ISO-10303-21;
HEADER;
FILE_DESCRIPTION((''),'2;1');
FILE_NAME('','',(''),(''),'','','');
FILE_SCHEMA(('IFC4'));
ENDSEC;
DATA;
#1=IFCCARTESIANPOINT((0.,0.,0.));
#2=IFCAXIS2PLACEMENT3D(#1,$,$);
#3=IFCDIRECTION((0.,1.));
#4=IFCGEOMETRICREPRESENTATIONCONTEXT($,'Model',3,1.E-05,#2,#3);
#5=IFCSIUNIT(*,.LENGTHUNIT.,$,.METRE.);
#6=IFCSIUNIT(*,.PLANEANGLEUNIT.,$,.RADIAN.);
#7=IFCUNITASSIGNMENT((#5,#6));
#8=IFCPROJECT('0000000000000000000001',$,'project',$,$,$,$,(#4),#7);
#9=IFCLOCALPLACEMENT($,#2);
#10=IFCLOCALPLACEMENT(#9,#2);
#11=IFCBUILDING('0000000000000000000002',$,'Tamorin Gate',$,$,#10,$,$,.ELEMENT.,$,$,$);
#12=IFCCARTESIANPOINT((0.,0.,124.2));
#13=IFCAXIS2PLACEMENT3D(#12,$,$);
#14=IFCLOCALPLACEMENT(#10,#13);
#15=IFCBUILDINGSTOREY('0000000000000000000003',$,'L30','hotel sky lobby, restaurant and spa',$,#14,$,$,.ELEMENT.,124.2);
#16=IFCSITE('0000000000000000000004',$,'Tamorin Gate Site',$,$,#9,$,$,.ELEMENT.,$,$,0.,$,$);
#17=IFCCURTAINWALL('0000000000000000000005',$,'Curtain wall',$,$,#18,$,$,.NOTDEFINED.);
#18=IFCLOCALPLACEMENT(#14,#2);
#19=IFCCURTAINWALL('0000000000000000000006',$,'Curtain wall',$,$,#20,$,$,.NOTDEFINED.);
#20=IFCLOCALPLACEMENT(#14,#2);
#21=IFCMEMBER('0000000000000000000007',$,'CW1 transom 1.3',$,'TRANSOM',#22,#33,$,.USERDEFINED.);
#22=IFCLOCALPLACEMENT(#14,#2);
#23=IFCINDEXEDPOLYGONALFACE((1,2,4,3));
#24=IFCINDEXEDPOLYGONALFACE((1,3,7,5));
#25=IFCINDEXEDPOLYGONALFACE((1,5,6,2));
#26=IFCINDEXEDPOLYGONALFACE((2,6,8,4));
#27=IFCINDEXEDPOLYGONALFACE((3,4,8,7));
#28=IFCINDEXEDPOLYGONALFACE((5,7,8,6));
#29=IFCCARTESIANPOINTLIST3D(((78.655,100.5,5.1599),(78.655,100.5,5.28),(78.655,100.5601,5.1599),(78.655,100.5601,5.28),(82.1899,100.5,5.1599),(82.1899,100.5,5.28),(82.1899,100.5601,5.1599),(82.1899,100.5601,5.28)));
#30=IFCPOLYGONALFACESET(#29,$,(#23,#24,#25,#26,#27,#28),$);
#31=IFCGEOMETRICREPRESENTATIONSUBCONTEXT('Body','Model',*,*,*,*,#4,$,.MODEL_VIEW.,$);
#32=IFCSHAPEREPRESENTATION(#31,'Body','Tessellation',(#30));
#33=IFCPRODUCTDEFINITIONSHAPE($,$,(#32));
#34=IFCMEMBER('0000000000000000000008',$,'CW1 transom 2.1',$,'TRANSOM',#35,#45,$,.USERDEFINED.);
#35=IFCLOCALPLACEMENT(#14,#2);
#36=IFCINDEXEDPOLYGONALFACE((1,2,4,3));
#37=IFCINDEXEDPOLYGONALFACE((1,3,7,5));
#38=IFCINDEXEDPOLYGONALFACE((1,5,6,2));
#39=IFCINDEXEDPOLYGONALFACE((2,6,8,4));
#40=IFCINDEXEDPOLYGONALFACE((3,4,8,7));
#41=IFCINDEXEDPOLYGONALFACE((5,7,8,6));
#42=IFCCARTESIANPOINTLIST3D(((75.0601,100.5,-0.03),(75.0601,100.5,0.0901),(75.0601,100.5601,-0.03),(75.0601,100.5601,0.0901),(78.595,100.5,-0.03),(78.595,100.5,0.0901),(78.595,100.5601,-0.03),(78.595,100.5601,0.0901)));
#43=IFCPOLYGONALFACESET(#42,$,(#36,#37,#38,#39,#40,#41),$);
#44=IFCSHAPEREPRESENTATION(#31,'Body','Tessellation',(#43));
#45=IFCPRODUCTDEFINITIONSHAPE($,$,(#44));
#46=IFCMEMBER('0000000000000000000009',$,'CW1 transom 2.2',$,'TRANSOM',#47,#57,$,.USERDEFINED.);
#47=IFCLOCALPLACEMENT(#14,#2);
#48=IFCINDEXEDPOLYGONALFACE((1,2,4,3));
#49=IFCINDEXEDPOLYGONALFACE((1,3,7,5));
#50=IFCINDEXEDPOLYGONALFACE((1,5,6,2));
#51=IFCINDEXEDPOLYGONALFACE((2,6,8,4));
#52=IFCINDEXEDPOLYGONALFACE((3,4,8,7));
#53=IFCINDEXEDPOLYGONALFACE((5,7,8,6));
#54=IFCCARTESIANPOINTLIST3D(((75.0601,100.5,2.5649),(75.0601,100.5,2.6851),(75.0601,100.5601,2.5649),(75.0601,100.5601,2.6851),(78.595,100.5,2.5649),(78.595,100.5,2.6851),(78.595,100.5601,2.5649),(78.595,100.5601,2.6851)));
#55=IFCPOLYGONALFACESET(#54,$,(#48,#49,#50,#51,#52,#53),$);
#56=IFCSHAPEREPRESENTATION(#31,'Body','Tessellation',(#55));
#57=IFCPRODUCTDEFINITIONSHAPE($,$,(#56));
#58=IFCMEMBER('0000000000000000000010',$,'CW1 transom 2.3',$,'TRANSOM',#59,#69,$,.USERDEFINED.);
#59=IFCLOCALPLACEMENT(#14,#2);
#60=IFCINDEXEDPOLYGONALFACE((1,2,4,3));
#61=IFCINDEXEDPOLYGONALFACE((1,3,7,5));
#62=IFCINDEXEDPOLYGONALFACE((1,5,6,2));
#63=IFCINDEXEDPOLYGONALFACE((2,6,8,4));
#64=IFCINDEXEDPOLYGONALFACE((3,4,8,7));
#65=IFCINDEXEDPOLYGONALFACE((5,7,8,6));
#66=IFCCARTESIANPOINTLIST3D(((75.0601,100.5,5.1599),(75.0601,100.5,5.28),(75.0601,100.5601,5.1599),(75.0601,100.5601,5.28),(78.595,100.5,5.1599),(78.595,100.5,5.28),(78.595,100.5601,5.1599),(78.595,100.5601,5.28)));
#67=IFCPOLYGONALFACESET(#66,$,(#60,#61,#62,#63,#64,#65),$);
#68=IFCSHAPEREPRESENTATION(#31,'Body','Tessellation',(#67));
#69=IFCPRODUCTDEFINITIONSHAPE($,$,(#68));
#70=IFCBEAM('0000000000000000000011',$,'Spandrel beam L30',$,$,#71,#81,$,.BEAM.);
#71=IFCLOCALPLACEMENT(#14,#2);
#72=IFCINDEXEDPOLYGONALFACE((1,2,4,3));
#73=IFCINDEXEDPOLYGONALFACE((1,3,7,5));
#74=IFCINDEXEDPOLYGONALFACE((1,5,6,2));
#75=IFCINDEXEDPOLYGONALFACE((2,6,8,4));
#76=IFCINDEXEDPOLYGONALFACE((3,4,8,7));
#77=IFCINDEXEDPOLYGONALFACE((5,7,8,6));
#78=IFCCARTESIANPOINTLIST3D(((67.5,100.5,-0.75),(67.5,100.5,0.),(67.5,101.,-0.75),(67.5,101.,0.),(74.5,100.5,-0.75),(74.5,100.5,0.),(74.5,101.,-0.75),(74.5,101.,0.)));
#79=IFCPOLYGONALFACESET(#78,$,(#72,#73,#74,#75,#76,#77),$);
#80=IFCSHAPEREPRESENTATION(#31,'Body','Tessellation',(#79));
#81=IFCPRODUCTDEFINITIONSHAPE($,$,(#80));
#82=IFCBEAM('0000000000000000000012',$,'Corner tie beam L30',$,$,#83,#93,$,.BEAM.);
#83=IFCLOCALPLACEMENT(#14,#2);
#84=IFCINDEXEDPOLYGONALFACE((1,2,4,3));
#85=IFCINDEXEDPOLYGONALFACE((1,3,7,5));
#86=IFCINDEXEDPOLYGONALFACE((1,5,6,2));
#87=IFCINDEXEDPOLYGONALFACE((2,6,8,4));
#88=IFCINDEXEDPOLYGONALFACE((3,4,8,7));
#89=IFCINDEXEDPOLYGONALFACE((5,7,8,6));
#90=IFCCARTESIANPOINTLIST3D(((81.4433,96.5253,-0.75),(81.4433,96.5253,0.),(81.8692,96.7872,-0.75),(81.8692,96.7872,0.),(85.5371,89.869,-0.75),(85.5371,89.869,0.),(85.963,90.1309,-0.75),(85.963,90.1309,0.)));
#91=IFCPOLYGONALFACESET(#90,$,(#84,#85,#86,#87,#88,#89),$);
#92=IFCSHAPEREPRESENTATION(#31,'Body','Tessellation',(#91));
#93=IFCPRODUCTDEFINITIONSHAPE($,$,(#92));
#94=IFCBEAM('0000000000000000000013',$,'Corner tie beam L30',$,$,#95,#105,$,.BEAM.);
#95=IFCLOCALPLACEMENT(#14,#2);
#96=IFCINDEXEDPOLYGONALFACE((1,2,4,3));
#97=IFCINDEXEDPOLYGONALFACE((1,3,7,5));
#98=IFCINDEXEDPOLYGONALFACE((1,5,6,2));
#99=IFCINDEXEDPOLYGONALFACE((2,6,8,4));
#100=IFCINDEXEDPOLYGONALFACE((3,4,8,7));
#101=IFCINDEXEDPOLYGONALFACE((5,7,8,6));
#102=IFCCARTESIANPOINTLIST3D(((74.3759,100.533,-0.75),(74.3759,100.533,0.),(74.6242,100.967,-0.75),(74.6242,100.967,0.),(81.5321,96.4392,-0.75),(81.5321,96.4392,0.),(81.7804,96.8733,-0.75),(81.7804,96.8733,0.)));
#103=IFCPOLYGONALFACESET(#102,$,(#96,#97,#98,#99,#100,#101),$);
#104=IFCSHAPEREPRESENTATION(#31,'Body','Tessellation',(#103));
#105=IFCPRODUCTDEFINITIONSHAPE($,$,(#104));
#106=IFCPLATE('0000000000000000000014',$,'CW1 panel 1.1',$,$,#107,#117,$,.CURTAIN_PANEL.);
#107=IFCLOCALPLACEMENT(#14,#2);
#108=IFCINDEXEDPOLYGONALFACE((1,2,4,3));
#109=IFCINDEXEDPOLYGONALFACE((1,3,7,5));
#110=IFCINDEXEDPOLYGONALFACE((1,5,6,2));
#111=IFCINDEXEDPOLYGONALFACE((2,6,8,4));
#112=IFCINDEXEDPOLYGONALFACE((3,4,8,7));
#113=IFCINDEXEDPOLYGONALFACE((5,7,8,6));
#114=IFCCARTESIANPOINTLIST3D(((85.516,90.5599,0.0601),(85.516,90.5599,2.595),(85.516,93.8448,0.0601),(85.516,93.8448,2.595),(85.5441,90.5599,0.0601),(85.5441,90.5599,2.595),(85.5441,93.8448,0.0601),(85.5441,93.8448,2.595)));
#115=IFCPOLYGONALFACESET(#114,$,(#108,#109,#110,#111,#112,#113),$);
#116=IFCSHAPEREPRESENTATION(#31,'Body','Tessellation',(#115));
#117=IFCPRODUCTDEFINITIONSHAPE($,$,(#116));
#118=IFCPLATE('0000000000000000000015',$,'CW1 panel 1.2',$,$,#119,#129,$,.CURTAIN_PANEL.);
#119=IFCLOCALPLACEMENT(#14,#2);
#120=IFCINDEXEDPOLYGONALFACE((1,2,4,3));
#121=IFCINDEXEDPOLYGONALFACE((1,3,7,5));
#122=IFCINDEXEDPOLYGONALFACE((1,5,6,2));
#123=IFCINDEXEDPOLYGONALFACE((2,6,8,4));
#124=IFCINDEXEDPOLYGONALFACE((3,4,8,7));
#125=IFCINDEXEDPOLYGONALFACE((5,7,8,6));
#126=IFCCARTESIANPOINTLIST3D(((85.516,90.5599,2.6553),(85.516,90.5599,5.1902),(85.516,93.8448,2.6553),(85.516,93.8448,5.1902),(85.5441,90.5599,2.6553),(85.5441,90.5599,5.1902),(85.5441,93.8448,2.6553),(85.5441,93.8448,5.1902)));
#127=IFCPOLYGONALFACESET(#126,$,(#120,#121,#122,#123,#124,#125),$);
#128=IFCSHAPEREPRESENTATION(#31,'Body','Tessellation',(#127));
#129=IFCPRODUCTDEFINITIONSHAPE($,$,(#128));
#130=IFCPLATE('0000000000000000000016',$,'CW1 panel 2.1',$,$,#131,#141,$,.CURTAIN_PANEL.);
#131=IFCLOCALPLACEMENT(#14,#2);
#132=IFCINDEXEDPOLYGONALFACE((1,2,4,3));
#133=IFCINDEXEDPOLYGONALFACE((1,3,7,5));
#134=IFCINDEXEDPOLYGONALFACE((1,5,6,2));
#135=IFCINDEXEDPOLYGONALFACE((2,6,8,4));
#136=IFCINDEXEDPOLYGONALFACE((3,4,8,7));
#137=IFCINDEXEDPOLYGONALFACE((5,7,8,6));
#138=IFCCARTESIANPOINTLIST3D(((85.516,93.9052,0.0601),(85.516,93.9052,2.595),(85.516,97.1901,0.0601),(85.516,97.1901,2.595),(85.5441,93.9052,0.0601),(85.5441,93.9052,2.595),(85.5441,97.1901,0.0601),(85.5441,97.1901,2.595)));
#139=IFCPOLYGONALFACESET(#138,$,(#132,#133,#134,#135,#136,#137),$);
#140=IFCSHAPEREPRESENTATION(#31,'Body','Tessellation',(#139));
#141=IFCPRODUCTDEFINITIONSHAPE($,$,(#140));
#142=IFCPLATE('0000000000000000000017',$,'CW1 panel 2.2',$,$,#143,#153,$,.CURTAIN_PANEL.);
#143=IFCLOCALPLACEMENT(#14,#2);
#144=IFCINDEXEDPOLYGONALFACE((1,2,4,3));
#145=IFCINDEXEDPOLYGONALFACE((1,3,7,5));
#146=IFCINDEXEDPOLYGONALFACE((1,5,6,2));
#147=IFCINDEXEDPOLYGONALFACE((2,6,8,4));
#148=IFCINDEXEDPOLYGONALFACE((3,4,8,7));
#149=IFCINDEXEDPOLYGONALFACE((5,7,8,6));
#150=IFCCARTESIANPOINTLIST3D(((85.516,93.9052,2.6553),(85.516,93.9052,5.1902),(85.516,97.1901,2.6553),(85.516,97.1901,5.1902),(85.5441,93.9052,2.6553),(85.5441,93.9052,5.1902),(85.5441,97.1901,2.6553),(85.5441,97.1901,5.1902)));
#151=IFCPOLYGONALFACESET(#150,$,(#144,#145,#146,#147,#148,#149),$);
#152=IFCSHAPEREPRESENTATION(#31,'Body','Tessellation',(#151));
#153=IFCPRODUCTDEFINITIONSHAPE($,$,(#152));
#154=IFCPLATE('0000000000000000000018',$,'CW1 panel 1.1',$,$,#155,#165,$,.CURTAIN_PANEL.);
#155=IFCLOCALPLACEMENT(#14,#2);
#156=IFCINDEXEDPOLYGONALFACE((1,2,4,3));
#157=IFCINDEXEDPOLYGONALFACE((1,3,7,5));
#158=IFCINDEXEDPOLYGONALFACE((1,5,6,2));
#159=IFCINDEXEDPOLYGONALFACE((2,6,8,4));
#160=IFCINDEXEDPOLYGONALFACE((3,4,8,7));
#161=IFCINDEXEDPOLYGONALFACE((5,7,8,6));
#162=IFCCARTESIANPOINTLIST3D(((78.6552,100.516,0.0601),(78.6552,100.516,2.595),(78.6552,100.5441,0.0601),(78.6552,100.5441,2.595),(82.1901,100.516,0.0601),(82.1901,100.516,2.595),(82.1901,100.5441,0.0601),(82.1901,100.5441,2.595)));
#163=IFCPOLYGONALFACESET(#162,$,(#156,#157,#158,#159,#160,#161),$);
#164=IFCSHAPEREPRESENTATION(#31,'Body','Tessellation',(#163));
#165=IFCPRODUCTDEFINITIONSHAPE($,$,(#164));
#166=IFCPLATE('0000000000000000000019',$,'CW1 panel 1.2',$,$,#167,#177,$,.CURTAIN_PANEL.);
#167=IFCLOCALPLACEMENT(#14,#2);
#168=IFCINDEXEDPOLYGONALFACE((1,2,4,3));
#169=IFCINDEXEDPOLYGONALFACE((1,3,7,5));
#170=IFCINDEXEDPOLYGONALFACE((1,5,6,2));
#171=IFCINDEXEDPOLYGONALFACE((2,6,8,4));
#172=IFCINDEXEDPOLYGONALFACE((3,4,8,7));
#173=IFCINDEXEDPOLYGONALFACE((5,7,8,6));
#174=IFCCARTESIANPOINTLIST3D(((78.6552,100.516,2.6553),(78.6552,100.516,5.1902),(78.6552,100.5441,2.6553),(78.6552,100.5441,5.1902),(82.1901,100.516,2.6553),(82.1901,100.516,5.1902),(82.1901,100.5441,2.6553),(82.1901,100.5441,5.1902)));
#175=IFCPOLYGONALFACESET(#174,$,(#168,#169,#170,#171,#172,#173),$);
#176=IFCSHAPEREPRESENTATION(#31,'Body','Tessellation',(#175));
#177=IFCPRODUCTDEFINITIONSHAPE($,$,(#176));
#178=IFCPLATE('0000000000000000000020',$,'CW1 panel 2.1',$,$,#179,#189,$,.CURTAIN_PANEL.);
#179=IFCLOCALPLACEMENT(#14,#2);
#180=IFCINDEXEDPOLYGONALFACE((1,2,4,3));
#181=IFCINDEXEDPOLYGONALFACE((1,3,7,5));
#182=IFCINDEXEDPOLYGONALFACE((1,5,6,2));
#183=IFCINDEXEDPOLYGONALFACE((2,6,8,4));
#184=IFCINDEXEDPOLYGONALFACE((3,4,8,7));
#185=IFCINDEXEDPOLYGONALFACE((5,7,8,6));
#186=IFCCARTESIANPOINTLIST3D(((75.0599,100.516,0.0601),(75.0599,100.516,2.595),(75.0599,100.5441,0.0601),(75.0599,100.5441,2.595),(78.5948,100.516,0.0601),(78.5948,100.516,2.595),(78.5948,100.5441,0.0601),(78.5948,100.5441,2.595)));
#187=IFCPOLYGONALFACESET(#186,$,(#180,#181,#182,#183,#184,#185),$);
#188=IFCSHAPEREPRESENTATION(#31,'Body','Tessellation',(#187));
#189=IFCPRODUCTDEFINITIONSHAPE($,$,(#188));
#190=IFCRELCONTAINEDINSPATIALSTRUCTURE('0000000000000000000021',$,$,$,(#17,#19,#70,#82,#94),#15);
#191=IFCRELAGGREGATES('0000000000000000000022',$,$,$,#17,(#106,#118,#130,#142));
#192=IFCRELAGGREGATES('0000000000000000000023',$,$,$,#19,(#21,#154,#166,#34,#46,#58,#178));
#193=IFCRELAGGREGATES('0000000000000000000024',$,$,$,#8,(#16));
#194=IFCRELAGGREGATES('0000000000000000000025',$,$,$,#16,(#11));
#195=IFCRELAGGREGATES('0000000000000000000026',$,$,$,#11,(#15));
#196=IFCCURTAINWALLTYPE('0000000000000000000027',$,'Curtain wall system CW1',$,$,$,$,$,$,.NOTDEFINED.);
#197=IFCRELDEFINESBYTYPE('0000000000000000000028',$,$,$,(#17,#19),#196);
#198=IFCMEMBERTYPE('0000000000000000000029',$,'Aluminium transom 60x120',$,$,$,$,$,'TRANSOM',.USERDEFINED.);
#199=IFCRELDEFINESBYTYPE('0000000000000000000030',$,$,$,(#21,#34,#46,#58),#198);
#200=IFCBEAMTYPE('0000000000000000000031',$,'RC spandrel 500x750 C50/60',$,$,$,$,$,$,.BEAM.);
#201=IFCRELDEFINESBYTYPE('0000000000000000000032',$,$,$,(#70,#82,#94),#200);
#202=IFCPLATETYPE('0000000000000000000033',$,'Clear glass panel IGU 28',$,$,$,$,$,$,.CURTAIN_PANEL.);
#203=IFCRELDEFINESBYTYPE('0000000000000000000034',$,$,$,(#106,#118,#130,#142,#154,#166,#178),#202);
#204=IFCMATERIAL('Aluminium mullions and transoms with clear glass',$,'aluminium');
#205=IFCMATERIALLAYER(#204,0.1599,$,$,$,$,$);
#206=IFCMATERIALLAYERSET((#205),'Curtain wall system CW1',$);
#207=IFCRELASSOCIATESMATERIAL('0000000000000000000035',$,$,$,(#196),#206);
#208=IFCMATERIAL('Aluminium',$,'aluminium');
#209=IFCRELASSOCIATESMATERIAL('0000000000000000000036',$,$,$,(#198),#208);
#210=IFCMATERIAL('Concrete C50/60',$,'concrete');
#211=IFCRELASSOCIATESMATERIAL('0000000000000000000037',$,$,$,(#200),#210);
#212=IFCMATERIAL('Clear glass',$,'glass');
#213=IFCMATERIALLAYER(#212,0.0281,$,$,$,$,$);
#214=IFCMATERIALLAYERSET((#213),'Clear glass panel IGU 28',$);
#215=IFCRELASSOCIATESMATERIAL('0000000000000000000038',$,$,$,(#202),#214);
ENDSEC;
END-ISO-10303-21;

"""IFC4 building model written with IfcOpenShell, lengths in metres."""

from ifc_helpers import new_model, si_unit, direction, frame, origin, origin_2d, place, context, subcontext, project, spatial, rectangle, extrude, material, layer, layer_set, material_profile, profile_set, type_object, element, aggregate, save


model = new_model("IFC4")

# Units and contexts
model_context = context("Model", 3, precision=1e-05, world=origin(), true_north=direction((0.0, 1.0)))
body_context = subcontext(model_context, "Body", "Model", "MODEL_VIEW")
ifc_project = project(units=[si_unit("LENGTHUNIT", "METRE"), si_unit("PLANEANGLEUNIT", "RADIAN")], contexts=[model_context])

# Site, building, storey
site_placement = place(None, origin())
site = spatial("IfcSite", under=ifc_project, at=site_placement, Name="Tamorin Gate Site", CompositionType="ELEMENT", RefElevation=0.0)
building_placement = place(site_placement, origin())
building = spatial("IfcBuilding", under=site, at=building_placement, Name="Tamorin Gate", CompositionType="ELEMENT")
storey_placement = place(building_placement, frame((0.0, 0.0, 124.2)))
storey = spatial("IfcBuildingStorey", under=building, at=storey_placement, Name="L30", Description="hotel sky lobby, restaurant and spa", CompositionType="ELEMENT", Elevation=124.2)

# Curtain walls
ifc_material_1 = material(Name="Aluminium mullions and transoms with clear glass", Category="aluminium")
ifc_layer_1 = layer(ifc_material_1, 0.1599)
ifc_layer_set_1 = layer_set([ifc_layer_1], Name="Curtain wall system CW1")
curtain_wall_type = type_object("IfcCurtainWallType", Name="Curtain wall system CW1", PredefinedType="NOTDEFINED", material=ifc_layer_set_1)
curtain_wall_1_placement = place(storey_placement, origin())
curtain_wall_1 = element("IfcCurtainWall", 1, at=curtain_wall_1_placement, inside=storey, type_object=curtain_wall_type, Name="Curtain wall", PredefinedType="NOTDEFINED")
ifc_material_2 = material(Name="Aluminium", Category="aluminium")
curtain_wall_2_placement = place(storey_placement, origin())
curtain_wall_2 = element("IfcCurtainWall", 2, at=curtain_wall_2_placement, inside=storey, type_object=curtain_wall_type, Name="Curtain wall", PredefinedType="NOTDEFINED")

# Members
ifc_material_profile_1 = material_profile(ifc_material_2, rectangle(XDim=0.0601, YDim=0.1201, at=origin_2d()), Name="RECT 60x120")
ifc_profile_set_1 = profile_set([ifc_material_profile_1], Name="Aluminium")
member_type_1 = type_object("IfcMemberType", Name="Aluminium transom 60x120", ElementType="TRANSOM", PredefinedType="USERDEFINED", material=ifc_profile_set_1)
member_1_placement = place(storey_placement, frame((82.1899, 100.53, 5.22), z_axis=(-1.0, 0.0, 0.0), x_axis=(0.0, -1.0, 0.0)))
member_1 = element("IfcMember", 3, at=member_1_placement, type_object=member_type_1, Name="CW1 transom 1.3", ObjectType="TRANSOM", PredefinedType="USERDEFINED", context=body_context, shape_type="SweptSolid", body=[
    extrude(rectangle(XDim=0.0601, YDim=0.1201, at=origin_2d()), origin(), (0.0, 0.0, 1.0), 3.5349),
])
member_2_placement = place(storey_placement, frame((78.595, 100.53, 0.03), z_axis=(-1.0, 0.0, 0.0), x_axis=(0.0, -1.0, 0.0)))
member_2 = element("IfcMember", 4, at=member_2_placement, type_object=member_type_1, Name="CW1 transom 2.1", ObjectType="TRANSOM", PredefinedType="USERDEFINED", context=body_context, shape_type="SweptSolid", body=[
    extrude(rectangle(XDim=0.0601, YDim=0.1201, at=origin_2d()), origin(), (0.0, 0.0, 1.0), 3.5349),
])
member_3_placement = place(storey_placement, frame((78.595, 100.53, 2.625), z_axis=(-1.0, 0.0, 0.0), x_axis=(0.0, -1.0, 0.0)))
member_3 = element("IfcMember", 5, at=member_3_placement, type_object=member_type_1, Name="CW1 transom 2.2", ObjectType="TRANSOM", PredefinedType="USERDEFINED", context=body_context, shape_type="SweptSolid", body=[
    extrude(rectangle(XDim=0.0601, YDim=0.1201, at=origin_2d()), origin(), (0.0, 0.0, 1.0), 3.5349),
])
member_4_placement = place(storey_placement, frame((78.595, 100.53, 5.22), z_axis=(-1.0, 0.0, 0.0), x_axis=(0.0, -1.0, 0.0)))
member_4 = element("IfcMember", 6, at=member_4_placement, type_object=member_type_1, Name="CW1 transom 2.3", ObjectType="TRANSOM", PredefinedType="USERDEFINED", context=body_context, shape_type="SweptSolid", body=[
    extrude(rectangle(XDim=0.0601, YDim=0.1201, at=origin_2d()), origin(), (0.0, 0.0, 1.0), 3.5349),
])

# Beams
ifc_material_3 = material(Name="Concrete C50/60", Category="concrete")
ifc_material_profile_2 = material_profile(ifc_material_3, rectangle(XDim=0.5, YDim=0.75, at=origin_2d()), Name="RC 500x750")
ifc_profile_set_2 = profile_set([ifc_material_profile_2], Name="Concrete C50/60")
beam_type = type_object("IfcBeamType", Name="RC spandrel 500x750 C50/60", PredefinedType="BEAM", material=ifc_profile_set_2)
beam_1_placement = place(storey_placement, frame((74.5, 100.75, -0.375), z_axis=(-1.0, 0.0, 0.0), x_axis=(0.0, -1.0, 0.0)))
element("IfcBeam", 7, at=beam_1_placement, inside=storey, type_object=beam_type, Name="Spandrel beam L30", PredefinedType="BEAM", context=body_context, shape_type="SweptSolid", body=[
    extrude(rectangle(XDim=0.5, YDim=0.75, at=origin_2d()), origin(), (0.0, 0.0, 1.0), 7.0),
])
beam_2_placement = place(storey_placement, frame((81.6562, 96.6562, -0.375), z_axis=(0.523874, -0.851796, 0.0), x_axis=(0.851796, 0.523874, 0.0)))
element("IfcBeam", 8, at=beam_2_placement, inside=storey, type_object=beam_type, Name="Corner tie beam L30", PredefinedType="BEAM", context=body_context, shape_type="SweptSolid", body=[
    extrude(rectangle(XDim=0.5, YDim=0.75, at=origin_2d()), origin(), (0.0, 0.0, 1.0), 7.8145),
])
beam_3_placement = place(storey_placement, frame((81.6562, 96.6562, -0.375), z_axis=(-0.86801, 0.496547, 0.0), x_axis=(-0.496547, -0.86801, 0.0)))
element("IfcBeam", 9, at=beam_3_placement, inside=storey, type_object=beam_type, Name="Corner tie beam L30", PredefinedType="BEAM", context=body_context, shape_type="SweptSolid", body=[
    extrude(rectangle(XDim=0.5, YDim=0.75, at=origin_2d()), origin(), (0.0, 0.0, 1.0), 8.2444),
])

# Plates
ifc_material_4 = material(Name="Clear glass", Category="glass")
ifc_layer_2 = layer(ifc_material_4, 0.0281)
ifc_layer_set_2 = layer_set([ifc_layer_2], Name="Clear glass panel IGU 28")
plate_type = type_object("IfcPlateType", Name="Clear glass panel IGU 28", PredefinedType="CURTAIN_PANEL", material=ifc_layer_set_2)
plate_1_placement = place(storey_placement, frame((85.53, 92.2024, 0.0601), z_axis=(0.0, 0.0, 1.0), x_axis=(0.0, 1.0, 0.0)))
plate_1 = element("IfcPlate", 10, at=plate_1_placement, type_object=plate_type, Name="CW1 panel 1.1", PredefinedType="CURTAIN_PANEL", context=body_context, shape_type="SweptSolid", body=[
    extrude(rectangle(XDim=3.2849, YDim=0.0281, at=origin_2d()), origin(), (0.0, 0.0, 1.0), 2.5349),
])
plate_2_placement = place(storey_placement, frame((85.53, 92.2024, 2.6553), z_axis=(0.0, 0.0, 1.0), x_axis=(0.0, 1.0, 0.0)))
plate_2 = element("IfcPlate", 11, at=plate_2_placement, type_object=plate_type, Name="CW1 panel 1.2", PredefinedType="CURTAIN_PANEL", context=body_context, shape_type="SweptSolid", body=[
    extrude(rectangle(XDim=3.2849, YDim=0.0281, at=origin_2d()), origin(), (0.0, 0.0, 1.0), 2.5349),
])
plate_3_placement = place(storey_placement, frame((85.53, 95.5476, 0.0601), z_axis=(0.0, 0.0, 1.0), x_axis=(0.0, 1.0, 0.0)))
plate_3 = element("IfcPlate", 12, at=plate_3_placement, type_object=plate_type, Name="CW1 panel 2.1", PredefinedType="CURTAIN_PANEL", context=body_context, shape_type="SweptSolid", body=[
    extrude(rectangle(XDim=3.2849, YDim=0.0281, at=origin_2d()), origin(), (0.0, 0.0, 1.0), 2.5349),
])
plate_4_placement = place(storey_placement, frame((85.53, 95.5476, 2.6553), z_axis=(0.0, 0.0, 1.0), x_axis=(0.0, 1.0, 0.0)))
plate_4 = element("IfcPlate", 13, at=plate_4_placement, type_object=plate_type, Name="CW1 panel 2.2", PredefinedType="CURTAIN_PANEL", context=body_context, shape_type="SweptSolid", body=[
    extrude(rectangle(XDim=3.2849, YDim=0.0281, at=origin_2d()), origin(), (0.0, 0.0, 1.0), 2.5349),
])
aggregate(curtain_wall_1, [plate_1, plate_2, plate_3, plate_4])
plate_5_placement = place(storey_placement, frame((80.4226, 100.53, 0.0601), z_axis=(0.0, 0.0, 1.0), x_axis=(-1.0, 0.0, 0.0)))
plate_5 = element("IfcPlate", 14, at=plate_5_placement, type_object=plate_type, Name="CW1 panel 1.1", PredefinedType="CURTAIN_PANEL", context=body_context, shape_type="SweptSolid", body=[
    extrude(rectangle(XDim=3.5349, YDim=0.0281, at=origin_2d()), origin(), (0.0, 0.0, 1.0), 2.5349),
])
plate_6_placement = place(storey_placement, frame((80.4226, 100.53, 2.6553), z_axis=(0.0, 0.0, 1.0), x_axis=(-1.0, 0.0, 0.0)))
plate_6 = element("IfcPlate", 15, at=plate_6_placement, type_object=plate_type, Name="CW1 panel 1.2", PredefinedType="CURTAIN_PANEL", context=body_context, shape_type="SweptSolid", body=[
    extrude(rectangle(XDim=3.5349, YDim=0.0281, at=origin_2d()), origin(), (0.0, 0.0, 1.0), 2.5349),
])
plate_7_placement = place(storey_placement, frame((76.8274, 100.53, 0.0601), z_axis=(0.0, 0.0, 1.0), x_axis=(-1.0, 0.0, 0.0)))
plate_7 = element("IfcPlate", 16, at=plate_7_placement, type_object=plate_type, Name="CW1 panel 2.1", PredefinedType="CURTAIN_PANEL", context=body_context, shape_type="SweptSolid", body=[
    extrude(rectangle(XDim=3.5349, YDim=0.0281, at=origin_2d()), origin(), (0.0, 0.0, 1.0), 2.5349),
])
aggregate(curtain_wall_2, [member_1, plate_5, plate_6, member_2, member_3, member_4, plate_7])

save(model, "model.ifc")
